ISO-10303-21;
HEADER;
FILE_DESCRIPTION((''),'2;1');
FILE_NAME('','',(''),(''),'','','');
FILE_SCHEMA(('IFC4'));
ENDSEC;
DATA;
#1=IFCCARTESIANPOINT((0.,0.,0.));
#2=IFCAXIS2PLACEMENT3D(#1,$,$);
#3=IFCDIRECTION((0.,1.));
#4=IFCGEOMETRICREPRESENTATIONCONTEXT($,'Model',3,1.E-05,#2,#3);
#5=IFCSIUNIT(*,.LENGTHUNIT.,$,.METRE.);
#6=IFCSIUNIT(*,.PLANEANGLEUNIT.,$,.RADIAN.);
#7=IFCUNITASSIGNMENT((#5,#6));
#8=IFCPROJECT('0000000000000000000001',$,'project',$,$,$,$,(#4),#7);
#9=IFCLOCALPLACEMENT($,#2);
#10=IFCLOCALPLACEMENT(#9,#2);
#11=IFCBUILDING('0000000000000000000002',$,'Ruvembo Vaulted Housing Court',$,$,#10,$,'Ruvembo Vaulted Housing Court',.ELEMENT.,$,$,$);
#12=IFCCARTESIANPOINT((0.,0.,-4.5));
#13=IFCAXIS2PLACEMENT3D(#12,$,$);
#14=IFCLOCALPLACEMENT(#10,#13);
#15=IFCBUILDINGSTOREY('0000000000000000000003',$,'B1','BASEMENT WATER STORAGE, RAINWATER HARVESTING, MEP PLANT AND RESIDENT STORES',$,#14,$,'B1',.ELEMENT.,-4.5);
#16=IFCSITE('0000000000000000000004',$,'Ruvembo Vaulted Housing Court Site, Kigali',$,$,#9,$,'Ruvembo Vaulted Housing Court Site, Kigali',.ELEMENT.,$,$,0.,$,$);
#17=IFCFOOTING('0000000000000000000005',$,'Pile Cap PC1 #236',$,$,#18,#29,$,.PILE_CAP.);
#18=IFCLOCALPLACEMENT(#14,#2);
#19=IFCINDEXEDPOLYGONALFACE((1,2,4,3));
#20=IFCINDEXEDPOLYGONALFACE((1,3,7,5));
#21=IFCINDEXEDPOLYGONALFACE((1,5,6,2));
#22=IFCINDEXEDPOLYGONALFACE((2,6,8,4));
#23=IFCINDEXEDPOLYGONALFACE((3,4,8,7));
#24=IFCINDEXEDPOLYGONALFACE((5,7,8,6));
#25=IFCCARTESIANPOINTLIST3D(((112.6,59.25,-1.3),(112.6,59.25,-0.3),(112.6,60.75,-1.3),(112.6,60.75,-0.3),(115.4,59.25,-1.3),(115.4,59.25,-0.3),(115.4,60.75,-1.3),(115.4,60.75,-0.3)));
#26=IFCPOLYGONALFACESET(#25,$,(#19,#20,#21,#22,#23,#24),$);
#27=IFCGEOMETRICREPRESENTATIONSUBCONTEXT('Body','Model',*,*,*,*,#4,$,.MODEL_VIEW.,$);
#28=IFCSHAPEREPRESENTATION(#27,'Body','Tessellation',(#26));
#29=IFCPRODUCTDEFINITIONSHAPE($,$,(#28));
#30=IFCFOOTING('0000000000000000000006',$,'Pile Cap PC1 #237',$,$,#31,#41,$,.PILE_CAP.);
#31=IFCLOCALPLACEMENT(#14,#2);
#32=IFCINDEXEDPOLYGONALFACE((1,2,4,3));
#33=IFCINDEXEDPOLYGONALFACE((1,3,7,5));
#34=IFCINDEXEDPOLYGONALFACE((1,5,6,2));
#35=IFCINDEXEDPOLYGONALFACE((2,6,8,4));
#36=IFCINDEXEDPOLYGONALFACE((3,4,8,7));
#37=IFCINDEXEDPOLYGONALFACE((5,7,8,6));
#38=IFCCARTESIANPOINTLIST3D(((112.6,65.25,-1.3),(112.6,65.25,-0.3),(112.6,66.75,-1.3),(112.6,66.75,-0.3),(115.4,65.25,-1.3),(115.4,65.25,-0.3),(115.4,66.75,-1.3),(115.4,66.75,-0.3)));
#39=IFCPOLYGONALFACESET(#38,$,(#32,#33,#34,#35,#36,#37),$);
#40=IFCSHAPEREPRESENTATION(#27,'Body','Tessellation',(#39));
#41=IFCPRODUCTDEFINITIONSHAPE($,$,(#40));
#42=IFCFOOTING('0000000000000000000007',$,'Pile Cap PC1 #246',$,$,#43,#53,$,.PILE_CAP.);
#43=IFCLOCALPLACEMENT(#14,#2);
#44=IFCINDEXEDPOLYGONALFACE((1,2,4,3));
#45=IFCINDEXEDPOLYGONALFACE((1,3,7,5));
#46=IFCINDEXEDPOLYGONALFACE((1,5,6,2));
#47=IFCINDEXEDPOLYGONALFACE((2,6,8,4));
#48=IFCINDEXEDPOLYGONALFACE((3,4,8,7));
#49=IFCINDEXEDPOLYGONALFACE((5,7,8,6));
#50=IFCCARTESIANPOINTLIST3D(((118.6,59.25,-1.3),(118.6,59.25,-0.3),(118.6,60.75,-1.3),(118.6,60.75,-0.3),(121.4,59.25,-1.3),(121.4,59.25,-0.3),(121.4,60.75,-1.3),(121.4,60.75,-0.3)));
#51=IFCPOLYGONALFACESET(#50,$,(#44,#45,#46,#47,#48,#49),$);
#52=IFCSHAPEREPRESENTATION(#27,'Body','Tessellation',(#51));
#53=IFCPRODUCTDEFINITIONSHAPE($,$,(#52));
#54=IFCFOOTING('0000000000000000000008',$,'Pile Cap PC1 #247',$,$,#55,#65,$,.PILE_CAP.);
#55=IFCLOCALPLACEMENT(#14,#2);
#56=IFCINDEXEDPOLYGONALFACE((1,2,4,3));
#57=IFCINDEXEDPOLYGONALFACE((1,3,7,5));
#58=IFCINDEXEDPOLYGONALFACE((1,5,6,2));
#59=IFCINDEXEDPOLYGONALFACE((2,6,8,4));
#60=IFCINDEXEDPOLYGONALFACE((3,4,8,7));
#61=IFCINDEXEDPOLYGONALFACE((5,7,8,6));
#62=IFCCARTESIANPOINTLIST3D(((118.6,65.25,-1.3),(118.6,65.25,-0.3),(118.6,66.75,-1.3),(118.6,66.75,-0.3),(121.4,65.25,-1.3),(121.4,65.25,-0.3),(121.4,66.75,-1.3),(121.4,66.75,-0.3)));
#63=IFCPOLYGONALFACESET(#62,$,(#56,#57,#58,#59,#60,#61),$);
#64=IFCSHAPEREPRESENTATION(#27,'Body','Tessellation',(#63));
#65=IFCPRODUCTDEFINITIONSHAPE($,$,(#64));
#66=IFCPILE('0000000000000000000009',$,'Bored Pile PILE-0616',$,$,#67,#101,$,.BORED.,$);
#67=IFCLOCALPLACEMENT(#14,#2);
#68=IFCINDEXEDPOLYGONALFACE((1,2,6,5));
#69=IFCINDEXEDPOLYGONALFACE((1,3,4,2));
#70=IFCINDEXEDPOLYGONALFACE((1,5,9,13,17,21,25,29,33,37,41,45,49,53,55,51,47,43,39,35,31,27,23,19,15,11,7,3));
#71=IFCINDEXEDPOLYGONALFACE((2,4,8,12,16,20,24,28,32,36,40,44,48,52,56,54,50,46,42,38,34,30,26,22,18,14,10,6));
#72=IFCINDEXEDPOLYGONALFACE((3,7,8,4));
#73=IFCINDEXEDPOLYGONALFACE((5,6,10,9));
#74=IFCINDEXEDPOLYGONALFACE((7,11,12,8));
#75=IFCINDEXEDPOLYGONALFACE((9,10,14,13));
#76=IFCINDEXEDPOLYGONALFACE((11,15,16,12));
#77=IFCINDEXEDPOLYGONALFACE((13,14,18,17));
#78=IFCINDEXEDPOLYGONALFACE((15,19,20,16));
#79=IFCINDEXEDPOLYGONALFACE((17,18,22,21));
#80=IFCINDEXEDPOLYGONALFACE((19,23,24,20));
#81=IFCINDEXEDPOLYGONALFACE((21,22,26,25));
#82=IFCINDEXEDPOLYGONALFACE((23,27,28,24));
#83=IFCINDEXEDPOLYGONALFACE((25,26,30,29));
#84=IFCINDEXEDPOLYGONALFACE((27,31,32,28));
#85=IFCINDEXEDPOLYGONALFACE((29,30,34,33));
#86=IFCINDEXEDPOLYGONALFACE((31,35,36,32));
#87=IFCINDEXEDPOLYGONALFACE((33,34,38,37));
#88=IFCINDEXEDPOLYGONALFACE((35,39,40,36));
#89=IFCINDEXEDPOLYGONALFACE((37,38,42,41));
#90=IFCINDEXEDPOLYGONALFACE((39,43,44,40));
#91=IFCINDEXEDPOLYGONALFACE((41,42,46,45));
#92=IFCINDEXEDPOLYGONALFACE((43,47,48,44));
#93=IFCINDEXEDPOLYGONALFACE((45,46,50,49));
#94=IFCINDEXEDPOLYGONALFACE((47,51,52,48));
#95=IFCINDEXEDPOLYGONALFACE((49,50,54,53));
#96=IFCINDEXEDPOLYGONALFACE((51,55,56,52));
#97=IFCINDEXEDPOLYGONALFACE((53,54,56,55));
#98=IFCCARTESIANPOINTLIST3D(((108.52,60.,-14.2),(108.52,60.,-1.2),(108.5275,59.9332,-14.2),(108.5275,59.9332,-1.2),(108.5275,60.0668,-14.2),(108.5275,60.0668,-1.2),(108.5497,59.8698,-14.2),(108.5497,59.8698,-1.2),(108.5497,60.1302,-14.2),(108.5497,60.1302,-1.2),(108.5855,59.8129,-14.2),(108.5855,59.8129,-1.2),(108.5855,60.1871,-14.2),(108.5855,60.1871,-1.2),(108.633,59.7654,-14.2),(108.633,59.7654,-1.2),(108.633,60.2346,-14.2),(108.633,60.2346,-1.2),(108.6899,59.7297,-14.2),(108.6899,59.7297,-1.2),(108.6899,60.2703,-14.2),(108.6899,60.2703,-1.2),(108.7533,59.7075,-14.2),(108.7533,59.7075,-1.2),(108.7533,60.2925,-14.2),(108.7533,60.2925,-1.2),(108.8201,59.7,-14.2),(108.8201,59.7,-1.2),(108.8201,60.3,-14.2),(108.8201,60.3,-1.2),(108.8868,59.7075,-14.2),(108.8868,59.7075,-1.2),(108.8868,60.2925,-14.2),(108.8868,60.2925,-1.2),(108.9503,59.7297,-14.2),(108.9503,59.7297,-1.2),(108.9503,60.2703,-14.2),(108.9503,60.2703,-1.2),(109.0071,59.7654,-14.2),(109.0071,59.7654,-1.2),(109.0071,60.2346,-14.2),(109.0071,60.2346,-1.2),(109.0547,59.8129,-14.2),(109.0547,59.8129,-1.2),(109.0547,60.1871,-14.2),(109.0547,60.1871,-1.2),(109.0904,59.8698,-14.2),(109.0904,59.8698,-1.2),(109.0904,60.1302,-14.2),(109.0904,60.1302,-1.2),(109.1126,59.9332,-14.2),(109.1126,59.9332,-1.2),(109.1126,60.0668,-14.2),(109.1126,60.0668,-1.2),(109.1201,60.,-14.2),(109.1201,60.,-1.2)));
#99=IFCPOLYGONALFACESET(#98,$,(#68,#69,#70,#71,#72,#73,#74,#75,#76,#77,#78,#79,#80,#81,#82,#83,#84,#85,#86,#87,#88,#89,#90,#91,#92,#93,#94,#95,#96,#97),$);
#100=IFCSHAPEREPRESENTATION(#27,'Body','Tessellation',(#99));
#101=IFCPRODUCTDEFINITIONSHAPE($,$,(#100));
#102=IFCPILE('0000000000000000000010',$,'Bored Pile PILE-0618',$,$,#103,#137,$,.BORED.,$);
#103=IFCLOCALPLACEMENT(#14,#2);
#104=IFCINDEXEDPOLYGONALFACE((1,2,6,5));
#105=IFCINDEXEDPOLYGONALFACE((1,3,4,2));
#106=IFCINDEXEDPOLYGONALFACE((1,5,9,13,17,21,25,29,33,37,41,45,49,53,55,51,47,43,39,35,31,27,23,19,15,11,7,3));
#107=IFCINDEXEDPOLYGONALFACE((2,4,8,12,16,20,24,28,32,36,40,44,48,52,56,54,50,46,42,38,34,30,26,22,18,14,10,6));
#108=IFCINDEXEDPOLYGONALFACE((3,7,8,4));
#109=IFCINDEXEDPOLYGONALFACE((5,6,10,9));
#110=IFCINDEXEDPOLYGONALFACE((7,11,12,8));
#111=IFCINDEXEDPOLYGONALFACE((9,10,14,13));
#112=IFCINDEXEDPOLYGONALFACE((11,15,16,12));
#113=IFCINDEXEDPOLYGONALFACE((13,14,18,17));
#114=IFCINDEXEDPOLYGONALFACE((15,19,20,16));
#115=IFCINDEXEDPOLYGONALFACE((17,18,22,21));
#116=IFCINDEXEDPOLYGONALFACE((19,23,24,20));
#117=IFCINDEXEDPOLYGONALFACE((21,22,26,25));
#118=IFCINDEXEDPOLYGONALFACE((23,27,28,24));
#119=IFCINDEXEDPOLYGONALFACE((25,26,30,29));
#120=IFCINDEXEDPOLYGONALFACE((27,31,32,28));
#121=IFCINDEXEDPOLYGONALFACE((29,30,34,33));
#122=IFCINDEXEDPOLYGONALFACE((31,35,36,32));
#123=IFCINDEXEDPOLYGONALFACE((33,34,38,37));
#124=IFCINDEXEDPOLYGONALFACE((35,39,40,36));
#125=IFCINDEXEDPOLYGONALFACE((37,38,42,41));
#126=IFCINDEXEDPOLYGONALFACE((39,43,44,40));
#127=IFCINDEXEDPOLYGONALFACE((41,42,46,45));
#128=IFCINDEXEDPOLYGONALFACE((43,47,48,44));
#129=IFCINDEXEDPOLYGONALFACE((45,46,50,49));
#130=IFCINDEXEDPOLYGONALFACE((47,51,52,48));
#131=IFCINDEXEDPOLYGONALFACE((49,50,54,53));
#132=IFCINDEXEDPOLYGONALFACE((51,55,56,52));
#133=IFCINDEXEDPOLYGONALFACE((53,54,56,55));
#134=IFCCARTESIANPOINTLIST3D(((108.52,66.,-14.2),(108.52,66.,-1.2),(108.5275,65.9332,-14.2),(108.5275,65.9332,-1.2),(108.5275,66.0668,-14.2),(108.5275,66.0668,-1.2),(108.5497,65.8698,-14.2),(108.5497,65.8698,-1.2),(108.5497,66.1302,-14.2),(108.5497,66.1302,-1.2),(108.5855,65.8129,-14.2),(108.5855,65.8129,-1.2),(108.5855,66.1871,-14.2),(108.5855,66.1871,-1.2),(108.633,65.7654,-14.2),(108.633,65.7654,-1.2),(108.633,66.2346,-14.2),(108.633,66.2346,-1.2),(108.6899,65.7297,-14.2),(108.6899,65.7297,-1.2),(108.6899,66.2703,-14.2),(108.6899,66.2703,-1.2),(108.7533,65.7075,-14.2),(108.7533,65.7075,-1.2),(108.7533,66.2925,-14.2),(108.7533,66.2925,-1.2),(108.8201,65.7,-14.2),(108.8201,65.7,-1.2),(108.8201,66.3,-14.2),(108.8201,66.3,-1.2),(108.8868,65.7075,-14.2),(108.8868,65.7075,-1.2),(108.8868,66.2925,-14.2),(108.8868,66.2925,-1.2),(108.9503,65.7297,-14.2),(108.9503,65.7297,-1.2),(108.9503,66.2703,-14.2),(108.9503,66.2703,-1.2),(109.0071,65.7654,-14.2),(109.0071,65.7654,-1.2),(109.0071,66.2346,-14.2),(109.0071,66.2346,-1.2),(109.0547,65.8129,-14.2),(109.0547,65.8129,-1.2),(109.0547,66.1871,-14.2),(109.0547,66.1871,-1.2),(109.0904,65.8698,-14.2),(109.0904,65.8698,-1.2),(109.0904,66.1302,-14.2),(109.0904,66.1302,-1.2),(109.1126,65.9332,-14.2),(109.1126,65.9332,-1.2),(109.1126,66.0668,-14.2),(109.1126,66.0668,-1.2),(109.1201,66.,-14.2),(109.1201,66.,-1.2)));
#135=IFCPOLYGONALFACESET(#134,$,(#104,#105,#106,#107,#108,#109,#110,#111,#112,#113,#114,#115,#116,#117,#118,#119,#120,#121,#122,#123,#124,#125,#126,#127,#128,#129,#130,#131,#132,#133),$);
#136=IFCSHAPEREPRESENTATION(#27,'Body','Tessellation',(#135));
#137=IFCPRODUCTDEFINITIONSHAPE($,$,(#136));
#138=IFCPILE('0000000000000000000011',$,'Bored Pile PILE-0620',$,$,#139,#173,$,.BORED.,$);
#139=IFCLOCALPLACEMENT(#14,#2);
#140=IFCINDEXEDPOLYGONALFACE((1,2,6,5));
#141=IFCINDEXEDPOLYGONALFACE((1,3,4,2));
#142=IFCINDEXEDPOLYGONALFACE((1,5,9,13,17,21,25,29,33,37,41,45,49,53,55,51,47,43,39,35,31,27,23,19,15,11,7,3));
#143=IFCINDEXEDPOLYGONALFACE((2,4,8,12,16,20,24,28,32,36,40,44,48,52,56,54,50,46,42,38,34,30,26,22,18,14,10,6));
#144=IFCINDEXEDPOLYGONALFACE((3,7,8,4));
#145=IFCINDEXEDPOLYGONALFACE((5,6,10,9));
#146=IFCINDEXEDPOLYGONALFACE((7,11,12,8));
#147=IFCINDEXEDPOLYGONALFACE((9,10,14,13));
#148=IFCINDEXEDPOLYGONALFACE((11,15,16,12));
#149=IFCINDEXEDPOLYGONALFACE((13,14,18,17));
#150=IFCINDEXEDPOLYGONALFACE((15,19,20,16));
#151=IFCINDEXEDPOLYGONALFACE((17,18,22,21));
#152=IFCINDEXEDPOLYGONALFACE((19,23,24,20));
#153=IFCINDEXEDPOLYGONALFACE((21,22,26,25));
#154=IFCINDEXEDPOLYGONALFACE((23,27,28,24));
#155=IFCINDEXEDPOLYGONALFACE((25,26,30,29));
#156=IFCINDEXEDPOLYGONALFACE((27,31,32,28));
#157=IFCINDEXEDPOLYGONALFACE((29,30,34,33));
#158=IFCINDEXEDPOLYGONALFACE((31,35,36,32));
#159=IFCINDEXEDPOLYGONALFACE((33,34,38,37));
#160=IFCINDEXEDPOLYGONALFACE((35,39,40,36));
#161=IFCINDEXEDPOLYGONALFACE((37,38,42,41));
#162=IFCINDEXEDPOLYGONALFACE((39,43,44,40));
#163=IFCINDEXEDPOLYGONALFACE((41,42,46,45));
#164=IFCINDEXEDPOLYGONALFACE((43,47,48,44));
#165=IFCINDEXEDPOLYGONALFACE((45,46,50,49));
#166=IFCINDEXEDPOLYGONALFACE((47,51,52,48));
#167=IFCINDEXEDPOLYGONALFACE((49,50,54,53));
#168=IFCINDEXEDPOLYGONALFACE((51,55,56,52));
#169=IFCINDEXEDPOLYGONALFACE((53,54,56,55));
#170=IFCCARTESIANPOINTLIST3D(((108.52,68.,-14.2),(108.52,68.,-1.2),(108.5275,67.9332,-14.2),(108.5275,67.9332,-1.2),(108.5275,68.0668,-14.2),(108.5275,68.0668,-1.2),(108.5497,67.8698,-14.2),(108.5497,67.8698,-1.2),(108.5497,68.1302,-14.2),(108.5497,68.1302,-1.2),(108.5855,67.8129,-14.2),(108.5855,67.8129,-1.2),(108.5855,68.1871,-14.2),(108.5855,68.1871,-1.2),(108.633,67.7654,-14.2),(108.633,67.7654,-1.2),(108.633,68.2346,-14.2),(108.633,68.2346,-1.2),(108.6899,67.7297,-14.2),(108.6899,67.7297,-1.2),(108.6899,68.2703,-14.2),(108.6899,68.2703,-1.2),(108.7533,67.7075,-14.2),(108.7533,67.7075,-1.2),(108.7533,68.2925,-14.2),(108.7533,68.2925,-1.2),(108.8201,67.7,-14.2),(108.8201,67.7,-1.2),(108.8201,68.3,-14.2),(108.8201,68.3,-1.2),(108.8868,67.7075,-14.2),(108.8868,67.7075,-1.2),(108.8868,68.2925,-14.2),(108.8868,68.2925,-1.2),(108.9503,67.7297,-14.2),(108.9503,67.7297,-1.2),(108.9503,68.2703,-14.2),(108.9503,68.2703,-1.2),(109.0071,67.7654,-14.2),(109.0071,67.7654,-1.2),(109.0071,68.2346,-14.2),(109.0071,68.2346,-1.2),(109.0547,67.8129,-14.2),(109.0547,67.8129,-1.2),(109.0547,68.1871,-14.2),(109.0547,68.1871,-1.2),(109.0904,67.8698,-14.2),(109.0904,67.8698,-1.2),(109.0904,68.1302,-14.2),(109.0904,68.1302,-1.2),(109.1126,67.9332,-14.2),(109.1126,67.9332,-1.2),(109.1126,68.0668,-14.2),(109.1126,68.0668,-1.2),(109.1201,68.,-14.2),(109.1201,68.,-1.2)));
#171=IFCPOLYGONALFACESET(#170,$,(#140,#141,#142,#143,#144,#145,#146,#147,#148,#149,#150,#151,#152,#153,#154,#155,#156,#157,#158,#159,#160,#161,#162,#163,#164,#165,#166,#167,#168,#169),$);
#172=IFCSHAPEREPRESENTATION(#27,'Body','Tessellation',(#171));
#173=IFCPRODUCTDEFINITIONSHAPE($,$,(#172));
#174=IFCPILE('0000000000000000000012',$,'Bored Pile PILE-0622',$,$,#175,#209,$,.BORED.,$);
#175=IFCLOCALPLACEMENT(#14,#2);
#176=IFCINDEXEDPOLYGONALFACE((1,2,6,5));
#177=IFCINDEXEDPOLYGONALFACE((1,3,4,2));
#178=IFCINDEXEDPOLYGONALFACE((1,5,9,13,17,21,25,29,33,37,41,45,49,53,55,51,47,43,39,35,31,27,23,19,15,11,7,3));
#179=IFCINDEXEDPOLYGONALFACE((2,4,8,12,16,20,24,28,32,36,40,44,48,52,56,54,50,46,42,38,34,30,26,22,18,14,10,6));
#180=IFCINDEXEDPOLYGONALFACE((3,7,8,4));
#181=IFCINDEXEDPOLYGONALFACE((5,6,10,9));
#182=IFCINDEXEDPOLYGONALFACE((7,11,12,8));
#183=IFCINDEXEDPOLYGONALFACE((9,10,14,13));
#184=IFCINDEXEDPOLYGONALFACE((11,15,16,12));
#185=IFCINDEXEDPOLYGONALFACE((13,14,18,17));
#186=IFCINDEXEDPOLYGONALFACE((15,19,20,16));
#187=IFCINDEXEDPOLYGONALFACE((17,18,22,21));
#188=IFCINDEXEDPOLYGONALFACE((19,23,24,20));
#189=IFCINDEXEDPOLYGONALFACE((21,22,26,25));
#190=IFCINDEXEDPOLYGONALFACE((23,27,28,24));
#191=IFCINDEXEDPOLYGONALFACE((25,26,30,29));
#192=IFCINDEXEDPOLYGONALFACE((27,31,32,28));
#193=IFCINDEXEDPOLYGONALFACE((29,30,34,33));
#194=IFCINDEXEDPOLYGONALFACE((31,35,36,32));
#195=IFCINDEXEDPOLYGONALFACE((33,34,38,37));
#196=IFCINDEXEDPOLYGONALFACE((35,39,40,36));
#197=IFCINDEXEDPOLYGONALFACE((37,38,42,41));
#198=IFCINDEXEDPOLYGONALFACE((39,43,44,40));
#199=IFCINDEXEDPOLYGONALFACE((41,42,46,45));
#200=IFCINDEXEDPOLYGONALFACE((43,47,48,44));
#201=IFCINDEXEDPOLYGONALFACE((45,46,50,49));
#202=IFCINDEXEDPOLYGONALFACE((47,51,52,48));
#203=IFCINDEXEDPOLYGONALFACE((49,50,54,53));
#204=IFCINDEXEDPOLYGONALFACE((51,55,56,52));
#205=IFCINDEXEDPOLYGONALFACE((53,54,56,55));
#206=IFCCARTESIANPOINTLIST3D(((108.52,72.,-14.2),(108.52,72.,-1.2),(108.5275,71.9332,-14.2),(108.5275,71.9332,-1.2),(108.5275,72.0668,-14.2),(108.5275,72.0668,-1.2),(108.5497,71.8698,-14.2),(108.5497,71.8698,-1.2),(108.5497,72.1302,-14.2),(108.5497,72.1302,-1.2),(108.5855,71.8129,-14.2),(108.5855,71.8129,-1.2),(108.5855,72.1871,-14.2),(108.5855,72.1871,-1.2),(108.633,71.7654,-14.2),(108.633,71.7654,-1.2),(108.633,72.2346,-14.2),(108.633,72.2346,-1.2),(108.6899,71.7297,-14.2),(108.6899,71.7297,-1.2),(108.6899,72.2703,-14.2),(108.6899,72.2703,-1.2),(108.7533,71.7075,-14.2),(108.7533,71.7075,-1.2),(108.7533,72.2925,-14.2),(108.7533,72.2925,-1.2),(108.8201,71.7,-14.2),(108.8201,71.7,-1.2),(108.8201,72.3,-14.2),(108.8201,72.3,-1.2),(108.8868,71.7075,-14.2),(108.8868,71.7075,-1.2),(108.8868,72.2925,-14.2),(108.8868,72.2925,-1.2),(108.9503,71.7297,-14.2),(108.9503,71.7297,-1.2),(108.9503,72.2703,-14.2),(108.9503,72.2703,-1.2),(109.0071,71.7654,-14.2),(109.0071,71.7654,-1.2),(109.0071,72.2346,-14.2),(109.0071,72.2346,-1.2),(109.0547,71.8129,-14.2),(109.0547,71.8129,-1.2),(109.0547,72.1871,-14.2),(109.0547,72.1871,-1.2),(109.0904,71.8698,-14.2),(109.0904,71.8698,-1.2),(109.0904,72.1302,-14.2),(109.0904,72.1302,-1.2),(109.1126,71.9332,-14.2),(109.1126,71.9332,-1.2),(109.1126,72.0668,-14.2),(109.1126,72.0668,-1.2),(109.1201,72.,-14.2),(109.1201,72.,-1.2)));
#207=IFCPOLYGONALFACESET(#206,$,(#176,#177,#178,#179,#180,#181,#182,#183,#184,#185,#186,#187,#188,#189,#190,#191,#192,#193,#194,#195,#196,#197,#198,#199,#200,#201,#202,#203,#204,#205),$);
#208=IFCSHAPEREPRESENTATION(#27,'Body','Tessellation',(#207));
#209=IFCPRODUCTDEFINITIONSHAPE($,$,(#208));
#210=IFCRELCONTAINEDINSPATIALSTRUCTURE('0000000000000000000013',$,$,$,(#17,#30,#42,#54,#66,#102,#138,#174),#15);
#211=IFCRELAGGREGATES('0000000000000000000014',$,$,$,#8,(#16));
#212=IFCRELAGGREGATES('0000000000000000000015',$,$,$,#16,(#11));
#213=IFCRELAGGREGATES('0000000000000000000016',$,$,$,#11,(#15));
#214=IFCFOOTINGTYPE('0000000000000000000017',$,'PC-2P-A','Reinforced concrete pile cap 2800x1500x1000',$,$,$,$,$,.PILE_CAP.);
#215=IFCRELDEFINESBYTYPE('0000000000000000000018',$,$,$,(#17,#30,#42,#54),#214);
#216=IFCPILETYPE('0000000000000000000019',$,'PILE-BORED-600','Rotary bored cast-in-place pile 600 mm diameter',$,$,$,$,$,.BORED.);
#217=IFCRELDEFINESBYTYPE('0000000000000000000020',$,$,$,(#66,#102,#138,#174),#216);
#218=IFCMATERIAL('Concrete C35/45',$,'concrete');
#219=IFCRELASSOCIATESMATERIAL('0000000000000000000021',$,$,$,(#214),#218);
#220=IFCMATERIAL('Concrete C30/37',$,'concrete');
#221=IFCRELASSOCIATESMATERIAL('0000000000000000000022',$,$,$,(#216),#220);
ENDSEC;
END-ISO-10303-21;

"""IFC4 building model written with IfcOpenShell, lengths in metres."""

from ifc_helpers import new_model, si_unit, direction, frame, origin, origin_2d, place, context, subcontext, project, spatial, rectangle, circle, extrude, material, material_profile, profile_set, type_object, element, save


model = new_model("IFC4")

# Units and contexts
model_context = context("Model", 3, precision=1e-05, world=origin(), true_north=direction((0.0, 1.0)))
body_context = subcontext(model_context, "Body", "Model", "MODEL_VIEW")
ifc_project = project(units=[si_unit("LENGTHUNIT", "METRE"), si_unit("PLANEANGLEUNIT", "RADIAN")], contexts=[model_context])

# Site, building, storey
site_placement = place(None, origin())
site = spatial("IfcSite", under=ifc_project, at=site_placement, Name="Ruvembo Vaulted Housing Court Site, Kigali", LongName="Ruvembo Vaulted Housing Court Site, Kigali", CompositionType="ELEMENT", RefElevation=0.0)
building_placement = place(site_placement, origin())
building = spatial("IfcBuilding", under=site, at=building_placement, Name="Ruvembo Vaulted Housing Court", LongName="Ruvembo Vaulted Housing Court", CompositionType="ELEMENT")
storey_placement = place(building_placement, frame((0.0, 0.0, -4.5)))
storey = spatial("IfcBuildingStorey", under=building, at=storey_placement, Name="B1", Description="BASEMENT WATER STORAGE, RAINWATER HARVESTING, MEP PLANT AND RESIDENT STORES", LongName="B1", CompositionType="ELEMENT", Elevation=-4.5)

# Footings
ifc_material_1 = material(Name="Concrete C35/45", Category="concrete")
footing_type = type_object("IfcFootingType", Name="PC-2P-A", Description="Reinforced concrete pile cap 2800x1500x1000", PredefinedType="PILE_CAP", material=ifc_material_1)
for number, where, z_axis, x_axis, name in (
    (1, (114.0, 60.0, -1.3), (0.0, 0.0, 1.0), (1.0, 0.0, 0.0), "Pile Cap PC1 #236"),
    (2, (114.0, 66.0, -1.3), (0.0, 0.0, 1.0), (1.0, 0.0, 0.0), "Pile Cap PC1 #237"),
    (3, (120.0, 60.0, -1.3), (0.0, 0.0, 1.0), (1.0, 0.0, 0.0), "Pile Cap PC1 #246"),
    (4, (120.0, 66.0, -1.3), (0.0, 0.0, 1.0), (1.0, 0.0, 0.0), "Pile Cap PC1 #247"),
):
    element("IfcFooting", number, at=place(storey_placement, frame(where, z_axis=z_axis, x_axis=x_axis)), inside=storey, type_object=footing_type, Name=name, PredefinedType="PILE_CAP", context=body_context, shape_type="SweptSolid", body=[
        extrude(rectangle(XDim=2.8, YDim=1.5, at=origin_2d()), origin(), (0.0, 0.0, 1.0), 1.0),
    ])

# Piles
ifc_material_2 = material(Name="Concrete C30/37", Category="concrete")
ifc_material_profile_1 = material_profile(ifc_material_2, circle(Radius=0.3, at=origin_2d()), Name="PILE D600")
ifc_profile_set_1 = profile_set([ifc_material_profile_1], Name="Concrete C30/37")
pile_type = type_object("IfcPileType", Name="PILE-BORED-600", Description="Rotary bored cast-in-place pile 600 mm diameter", PredefinedType="BORED", material=ifc_profile_set_1)
for number, where, z_axis, x_axis, name in (
    (5, (108.8201, 60.0, -1.2), (0.0, 0.0, -1.0), (1.0, 0.0, 0.0), "Bored Pile PILE-0616"),
    (6, (108.8201, 66.0, -1.2), (0.0, 0.0, -1.0), (1.0, 0.0, 0.0), "Bored Pile PILE-0618"),
    (7, (108.8201, 68.0, -1.2), (0.0, 0.0, -1.0), (1.0, 0.0, 0.0), "Bored Pile PILE-0620"),
    (8, (108.8201, 72.0, -1.2), (0.0, 0.0, -1.0), (1.0, 0.0, 0.0), "Bored Pile PILE-0622"),
):
    element("IfcPile", number, at=place(storey_placement, frame(where, z_axis=z_axis, x_axis=x_axis)), inside=storey, type_object=pile_type, Name=name, PredefinedType="BORED", context=body_context, shape_type="SweptSolid", body=[
        extrude(circle(Radius=0.3, at=origin_2d()), origin(), (0.0, 0.0, 1.0), 13.0),
    ])

save(model, "model.ifc")
